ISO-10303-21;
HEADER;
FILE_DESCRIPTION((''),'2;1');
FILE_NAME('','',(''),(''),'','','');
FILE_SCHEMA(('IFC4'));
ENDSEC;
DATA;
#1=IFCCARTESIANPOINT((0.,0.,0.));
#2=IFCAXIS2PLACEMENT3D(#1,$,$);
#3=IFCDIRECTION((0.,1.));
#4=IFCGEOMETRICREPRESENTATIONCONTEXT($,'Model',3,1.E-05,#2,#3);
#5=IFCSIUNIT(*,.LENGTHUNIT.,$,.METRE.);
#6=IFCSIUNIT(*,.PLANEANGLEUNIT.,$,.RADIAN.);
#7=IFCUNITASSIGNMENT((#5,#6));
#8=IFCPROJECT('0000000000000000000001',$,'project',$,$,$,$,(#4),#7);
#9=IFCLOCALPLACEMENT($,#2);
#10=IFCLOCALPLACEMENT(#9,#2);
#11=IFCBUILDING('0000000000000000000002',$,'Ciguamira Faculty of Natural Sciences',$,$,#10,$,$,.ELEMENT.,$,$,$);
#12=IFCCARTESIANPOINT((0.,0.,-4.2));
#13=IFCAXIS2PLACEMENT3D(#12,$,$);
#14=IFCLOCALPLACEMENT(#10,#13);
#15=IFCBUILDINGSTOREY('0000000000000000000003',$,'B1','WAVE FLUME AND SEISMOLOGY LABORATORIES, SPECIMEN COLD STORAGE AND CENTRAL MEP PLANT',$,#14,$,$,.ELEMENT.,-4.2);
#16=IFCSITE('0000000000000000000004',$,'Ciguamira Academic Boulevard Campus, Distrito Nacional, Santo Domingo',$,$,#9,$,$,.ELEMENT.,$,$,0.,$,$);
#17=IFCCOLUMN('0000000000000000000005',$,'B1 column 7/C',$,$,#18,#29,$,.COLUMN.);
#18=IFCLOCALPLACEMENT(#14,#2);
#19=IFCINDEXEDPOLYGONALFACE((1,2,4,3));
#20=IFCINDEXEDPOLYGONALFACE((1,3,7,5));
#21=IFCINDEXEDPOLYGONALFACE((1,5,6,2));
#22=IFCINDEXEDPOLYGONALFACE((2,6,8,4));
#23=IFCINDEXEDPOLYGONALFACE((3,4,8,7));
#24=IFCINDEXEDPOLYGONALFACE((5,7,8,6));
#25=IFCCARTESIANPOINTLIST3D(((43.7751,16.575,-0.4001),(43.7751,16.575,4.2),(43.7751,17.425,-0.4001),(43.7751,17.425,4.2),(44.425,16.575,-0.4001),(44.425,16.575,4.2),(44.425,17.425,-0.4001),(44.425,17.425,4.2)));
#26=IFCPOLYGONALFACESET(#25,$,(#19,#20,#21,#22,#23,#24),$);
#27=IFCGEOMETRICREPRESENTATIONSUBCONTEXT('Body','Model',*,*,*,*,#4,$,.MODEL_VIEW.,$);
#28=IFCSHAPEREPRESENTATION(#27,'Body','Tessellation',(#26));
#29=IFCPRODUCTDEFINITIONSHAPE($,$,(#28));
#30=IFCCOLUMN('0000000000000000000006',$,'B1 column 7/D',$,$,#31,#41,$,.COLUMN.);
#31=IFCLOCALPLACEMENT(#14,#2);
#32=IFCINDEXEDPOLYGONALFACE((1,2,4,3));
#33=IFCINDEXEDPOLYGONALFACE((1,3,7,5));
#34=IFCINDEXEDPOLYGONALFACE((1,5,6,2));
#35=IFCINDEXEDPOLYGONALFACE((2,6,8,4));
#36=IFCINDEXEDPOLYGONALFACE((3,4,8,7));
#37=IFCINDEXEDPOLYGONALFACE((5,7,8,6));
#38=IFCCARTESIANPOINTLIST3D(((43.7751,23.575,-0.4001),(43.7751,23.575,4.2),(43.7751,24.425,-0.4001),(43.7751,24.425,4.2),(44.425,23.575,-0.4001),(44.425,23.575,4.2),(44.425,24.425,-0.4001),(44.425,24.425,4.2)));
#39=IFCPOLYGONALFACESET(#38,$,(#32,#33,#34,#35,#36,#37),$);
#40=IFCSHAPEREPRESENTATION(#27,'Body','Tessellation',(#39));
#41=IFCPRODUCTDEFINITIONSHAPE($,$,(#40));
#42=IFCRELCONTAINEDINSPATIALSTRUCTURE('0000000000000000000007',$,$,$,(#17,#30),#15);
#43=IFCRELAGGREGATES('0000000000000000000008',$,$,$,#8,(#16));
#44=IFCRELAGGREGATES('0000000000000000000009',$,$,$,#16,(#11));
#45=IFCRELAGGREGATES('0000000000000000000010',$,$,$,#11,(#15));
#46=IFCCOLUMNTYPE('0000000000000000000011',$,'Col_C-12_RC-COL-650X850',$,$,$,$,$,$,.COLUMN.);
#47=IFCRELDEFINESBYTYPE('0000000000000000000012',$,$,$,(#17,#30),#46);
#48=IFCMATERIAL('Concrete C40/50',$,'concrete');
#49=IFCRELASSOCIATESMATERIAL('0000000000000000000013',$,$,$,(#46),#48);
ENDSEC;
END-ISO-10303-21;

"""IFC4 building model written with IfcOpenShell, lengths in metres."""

from ifc_helpers import new_model, si_unit, direction, frame, origin, origin_2d, place, context, subcontext, project, spatial, rectangle, extrude, material, material_profile, profile_set, type_object, element, save


model = new_model("IFC4")

# Units and contexts
model_context = context("Model", 3, precision=1e-05, world=origin(), true_north=direction((0.0, 1.0)))
body_context = subcontext(model_context, "Body", "Model", "MODEL_VIEW")
ifc_project = project(units=[si_unit("LENGTHUNIT", "METRE"), si_unit("PLANEANGLEUNIT", "RADIAN")], contexts=[model_context])

# Site, building, storey
site_placement = place(None, origin())
site = spatial("IfcSite", under=ifc_project, at=site_placement, Name="Ciguamira Academic Boulevard Campus, Distrito Nacional, Santo Domingo", CompositionType="ELEMENT", RefElevation=0.0)
building_placement = place(site_placement, origin())
building = spatial("IfcBuilding", under=site, at=building_placement, Name="Ciguamira Faculty of Natural Sciences", CompositionType="ELEMENT")
storey_placement = place(building_placement, frame((0.0, 0.0, -4.2)))
storey = spatial("IfcBuildingStorey", under=building, at=storey_placement, Name="B1", Description="WAVE FLUME AND SEISMOLOGY LABORATORIES, SPECIMEN COLD STORAGE AND CENTRAL MEP PLANT", CompositionType="ELEMENT", Elevation=-4.2)

# Columns
ifc_material_1 = material(Name="Concrete C40/50", Category="concrete")
ifc_material_profile_1 = material_profile(ifc_material_1, rectangle(XDim=0.6499, YDim=0.8501, at=origin_2d()), Name="RC-COL-650X850")
ifc_profile_set_1 = profile_set([ifc_material_profile_1], Name="Concrete C40/50")
column_type = type_object("IfcColumnType", Name="Col_C-12_RC-COL-650X850", PredefinedType="COLUMN", material=ifc_profile_set_1)
for number, where, z_axis, x_axis, name in (
    (1, (44.1001, 17.0, -0.4001), (0.0, 0.0, 1.0), (1.0, 0.0, 0.0), "B1 column 7/C"),
    (2, (44.1001, 24.0, -0.4001), (0.0, 0.0, 1.0), (1.0, 0.0, 0.0), "B1 column 7/D"),
):
    element("IfcColumn", number, at=place(storey_placement, frame(where, z_axis=z_axis, x_axis=x_axis)), inside=storey, type_object=column_type, Name=name, PredefinedType="COLUMN", context=body_context, shape_type="SweptSolid", body=[
        extrude(rectangle(XDim=0.6499, YDim=0.8501, at=origin_2d()), origin(), (0.0, 0.0, 1.0), 4.6001),
    ])

save(model, "model.ifc")
